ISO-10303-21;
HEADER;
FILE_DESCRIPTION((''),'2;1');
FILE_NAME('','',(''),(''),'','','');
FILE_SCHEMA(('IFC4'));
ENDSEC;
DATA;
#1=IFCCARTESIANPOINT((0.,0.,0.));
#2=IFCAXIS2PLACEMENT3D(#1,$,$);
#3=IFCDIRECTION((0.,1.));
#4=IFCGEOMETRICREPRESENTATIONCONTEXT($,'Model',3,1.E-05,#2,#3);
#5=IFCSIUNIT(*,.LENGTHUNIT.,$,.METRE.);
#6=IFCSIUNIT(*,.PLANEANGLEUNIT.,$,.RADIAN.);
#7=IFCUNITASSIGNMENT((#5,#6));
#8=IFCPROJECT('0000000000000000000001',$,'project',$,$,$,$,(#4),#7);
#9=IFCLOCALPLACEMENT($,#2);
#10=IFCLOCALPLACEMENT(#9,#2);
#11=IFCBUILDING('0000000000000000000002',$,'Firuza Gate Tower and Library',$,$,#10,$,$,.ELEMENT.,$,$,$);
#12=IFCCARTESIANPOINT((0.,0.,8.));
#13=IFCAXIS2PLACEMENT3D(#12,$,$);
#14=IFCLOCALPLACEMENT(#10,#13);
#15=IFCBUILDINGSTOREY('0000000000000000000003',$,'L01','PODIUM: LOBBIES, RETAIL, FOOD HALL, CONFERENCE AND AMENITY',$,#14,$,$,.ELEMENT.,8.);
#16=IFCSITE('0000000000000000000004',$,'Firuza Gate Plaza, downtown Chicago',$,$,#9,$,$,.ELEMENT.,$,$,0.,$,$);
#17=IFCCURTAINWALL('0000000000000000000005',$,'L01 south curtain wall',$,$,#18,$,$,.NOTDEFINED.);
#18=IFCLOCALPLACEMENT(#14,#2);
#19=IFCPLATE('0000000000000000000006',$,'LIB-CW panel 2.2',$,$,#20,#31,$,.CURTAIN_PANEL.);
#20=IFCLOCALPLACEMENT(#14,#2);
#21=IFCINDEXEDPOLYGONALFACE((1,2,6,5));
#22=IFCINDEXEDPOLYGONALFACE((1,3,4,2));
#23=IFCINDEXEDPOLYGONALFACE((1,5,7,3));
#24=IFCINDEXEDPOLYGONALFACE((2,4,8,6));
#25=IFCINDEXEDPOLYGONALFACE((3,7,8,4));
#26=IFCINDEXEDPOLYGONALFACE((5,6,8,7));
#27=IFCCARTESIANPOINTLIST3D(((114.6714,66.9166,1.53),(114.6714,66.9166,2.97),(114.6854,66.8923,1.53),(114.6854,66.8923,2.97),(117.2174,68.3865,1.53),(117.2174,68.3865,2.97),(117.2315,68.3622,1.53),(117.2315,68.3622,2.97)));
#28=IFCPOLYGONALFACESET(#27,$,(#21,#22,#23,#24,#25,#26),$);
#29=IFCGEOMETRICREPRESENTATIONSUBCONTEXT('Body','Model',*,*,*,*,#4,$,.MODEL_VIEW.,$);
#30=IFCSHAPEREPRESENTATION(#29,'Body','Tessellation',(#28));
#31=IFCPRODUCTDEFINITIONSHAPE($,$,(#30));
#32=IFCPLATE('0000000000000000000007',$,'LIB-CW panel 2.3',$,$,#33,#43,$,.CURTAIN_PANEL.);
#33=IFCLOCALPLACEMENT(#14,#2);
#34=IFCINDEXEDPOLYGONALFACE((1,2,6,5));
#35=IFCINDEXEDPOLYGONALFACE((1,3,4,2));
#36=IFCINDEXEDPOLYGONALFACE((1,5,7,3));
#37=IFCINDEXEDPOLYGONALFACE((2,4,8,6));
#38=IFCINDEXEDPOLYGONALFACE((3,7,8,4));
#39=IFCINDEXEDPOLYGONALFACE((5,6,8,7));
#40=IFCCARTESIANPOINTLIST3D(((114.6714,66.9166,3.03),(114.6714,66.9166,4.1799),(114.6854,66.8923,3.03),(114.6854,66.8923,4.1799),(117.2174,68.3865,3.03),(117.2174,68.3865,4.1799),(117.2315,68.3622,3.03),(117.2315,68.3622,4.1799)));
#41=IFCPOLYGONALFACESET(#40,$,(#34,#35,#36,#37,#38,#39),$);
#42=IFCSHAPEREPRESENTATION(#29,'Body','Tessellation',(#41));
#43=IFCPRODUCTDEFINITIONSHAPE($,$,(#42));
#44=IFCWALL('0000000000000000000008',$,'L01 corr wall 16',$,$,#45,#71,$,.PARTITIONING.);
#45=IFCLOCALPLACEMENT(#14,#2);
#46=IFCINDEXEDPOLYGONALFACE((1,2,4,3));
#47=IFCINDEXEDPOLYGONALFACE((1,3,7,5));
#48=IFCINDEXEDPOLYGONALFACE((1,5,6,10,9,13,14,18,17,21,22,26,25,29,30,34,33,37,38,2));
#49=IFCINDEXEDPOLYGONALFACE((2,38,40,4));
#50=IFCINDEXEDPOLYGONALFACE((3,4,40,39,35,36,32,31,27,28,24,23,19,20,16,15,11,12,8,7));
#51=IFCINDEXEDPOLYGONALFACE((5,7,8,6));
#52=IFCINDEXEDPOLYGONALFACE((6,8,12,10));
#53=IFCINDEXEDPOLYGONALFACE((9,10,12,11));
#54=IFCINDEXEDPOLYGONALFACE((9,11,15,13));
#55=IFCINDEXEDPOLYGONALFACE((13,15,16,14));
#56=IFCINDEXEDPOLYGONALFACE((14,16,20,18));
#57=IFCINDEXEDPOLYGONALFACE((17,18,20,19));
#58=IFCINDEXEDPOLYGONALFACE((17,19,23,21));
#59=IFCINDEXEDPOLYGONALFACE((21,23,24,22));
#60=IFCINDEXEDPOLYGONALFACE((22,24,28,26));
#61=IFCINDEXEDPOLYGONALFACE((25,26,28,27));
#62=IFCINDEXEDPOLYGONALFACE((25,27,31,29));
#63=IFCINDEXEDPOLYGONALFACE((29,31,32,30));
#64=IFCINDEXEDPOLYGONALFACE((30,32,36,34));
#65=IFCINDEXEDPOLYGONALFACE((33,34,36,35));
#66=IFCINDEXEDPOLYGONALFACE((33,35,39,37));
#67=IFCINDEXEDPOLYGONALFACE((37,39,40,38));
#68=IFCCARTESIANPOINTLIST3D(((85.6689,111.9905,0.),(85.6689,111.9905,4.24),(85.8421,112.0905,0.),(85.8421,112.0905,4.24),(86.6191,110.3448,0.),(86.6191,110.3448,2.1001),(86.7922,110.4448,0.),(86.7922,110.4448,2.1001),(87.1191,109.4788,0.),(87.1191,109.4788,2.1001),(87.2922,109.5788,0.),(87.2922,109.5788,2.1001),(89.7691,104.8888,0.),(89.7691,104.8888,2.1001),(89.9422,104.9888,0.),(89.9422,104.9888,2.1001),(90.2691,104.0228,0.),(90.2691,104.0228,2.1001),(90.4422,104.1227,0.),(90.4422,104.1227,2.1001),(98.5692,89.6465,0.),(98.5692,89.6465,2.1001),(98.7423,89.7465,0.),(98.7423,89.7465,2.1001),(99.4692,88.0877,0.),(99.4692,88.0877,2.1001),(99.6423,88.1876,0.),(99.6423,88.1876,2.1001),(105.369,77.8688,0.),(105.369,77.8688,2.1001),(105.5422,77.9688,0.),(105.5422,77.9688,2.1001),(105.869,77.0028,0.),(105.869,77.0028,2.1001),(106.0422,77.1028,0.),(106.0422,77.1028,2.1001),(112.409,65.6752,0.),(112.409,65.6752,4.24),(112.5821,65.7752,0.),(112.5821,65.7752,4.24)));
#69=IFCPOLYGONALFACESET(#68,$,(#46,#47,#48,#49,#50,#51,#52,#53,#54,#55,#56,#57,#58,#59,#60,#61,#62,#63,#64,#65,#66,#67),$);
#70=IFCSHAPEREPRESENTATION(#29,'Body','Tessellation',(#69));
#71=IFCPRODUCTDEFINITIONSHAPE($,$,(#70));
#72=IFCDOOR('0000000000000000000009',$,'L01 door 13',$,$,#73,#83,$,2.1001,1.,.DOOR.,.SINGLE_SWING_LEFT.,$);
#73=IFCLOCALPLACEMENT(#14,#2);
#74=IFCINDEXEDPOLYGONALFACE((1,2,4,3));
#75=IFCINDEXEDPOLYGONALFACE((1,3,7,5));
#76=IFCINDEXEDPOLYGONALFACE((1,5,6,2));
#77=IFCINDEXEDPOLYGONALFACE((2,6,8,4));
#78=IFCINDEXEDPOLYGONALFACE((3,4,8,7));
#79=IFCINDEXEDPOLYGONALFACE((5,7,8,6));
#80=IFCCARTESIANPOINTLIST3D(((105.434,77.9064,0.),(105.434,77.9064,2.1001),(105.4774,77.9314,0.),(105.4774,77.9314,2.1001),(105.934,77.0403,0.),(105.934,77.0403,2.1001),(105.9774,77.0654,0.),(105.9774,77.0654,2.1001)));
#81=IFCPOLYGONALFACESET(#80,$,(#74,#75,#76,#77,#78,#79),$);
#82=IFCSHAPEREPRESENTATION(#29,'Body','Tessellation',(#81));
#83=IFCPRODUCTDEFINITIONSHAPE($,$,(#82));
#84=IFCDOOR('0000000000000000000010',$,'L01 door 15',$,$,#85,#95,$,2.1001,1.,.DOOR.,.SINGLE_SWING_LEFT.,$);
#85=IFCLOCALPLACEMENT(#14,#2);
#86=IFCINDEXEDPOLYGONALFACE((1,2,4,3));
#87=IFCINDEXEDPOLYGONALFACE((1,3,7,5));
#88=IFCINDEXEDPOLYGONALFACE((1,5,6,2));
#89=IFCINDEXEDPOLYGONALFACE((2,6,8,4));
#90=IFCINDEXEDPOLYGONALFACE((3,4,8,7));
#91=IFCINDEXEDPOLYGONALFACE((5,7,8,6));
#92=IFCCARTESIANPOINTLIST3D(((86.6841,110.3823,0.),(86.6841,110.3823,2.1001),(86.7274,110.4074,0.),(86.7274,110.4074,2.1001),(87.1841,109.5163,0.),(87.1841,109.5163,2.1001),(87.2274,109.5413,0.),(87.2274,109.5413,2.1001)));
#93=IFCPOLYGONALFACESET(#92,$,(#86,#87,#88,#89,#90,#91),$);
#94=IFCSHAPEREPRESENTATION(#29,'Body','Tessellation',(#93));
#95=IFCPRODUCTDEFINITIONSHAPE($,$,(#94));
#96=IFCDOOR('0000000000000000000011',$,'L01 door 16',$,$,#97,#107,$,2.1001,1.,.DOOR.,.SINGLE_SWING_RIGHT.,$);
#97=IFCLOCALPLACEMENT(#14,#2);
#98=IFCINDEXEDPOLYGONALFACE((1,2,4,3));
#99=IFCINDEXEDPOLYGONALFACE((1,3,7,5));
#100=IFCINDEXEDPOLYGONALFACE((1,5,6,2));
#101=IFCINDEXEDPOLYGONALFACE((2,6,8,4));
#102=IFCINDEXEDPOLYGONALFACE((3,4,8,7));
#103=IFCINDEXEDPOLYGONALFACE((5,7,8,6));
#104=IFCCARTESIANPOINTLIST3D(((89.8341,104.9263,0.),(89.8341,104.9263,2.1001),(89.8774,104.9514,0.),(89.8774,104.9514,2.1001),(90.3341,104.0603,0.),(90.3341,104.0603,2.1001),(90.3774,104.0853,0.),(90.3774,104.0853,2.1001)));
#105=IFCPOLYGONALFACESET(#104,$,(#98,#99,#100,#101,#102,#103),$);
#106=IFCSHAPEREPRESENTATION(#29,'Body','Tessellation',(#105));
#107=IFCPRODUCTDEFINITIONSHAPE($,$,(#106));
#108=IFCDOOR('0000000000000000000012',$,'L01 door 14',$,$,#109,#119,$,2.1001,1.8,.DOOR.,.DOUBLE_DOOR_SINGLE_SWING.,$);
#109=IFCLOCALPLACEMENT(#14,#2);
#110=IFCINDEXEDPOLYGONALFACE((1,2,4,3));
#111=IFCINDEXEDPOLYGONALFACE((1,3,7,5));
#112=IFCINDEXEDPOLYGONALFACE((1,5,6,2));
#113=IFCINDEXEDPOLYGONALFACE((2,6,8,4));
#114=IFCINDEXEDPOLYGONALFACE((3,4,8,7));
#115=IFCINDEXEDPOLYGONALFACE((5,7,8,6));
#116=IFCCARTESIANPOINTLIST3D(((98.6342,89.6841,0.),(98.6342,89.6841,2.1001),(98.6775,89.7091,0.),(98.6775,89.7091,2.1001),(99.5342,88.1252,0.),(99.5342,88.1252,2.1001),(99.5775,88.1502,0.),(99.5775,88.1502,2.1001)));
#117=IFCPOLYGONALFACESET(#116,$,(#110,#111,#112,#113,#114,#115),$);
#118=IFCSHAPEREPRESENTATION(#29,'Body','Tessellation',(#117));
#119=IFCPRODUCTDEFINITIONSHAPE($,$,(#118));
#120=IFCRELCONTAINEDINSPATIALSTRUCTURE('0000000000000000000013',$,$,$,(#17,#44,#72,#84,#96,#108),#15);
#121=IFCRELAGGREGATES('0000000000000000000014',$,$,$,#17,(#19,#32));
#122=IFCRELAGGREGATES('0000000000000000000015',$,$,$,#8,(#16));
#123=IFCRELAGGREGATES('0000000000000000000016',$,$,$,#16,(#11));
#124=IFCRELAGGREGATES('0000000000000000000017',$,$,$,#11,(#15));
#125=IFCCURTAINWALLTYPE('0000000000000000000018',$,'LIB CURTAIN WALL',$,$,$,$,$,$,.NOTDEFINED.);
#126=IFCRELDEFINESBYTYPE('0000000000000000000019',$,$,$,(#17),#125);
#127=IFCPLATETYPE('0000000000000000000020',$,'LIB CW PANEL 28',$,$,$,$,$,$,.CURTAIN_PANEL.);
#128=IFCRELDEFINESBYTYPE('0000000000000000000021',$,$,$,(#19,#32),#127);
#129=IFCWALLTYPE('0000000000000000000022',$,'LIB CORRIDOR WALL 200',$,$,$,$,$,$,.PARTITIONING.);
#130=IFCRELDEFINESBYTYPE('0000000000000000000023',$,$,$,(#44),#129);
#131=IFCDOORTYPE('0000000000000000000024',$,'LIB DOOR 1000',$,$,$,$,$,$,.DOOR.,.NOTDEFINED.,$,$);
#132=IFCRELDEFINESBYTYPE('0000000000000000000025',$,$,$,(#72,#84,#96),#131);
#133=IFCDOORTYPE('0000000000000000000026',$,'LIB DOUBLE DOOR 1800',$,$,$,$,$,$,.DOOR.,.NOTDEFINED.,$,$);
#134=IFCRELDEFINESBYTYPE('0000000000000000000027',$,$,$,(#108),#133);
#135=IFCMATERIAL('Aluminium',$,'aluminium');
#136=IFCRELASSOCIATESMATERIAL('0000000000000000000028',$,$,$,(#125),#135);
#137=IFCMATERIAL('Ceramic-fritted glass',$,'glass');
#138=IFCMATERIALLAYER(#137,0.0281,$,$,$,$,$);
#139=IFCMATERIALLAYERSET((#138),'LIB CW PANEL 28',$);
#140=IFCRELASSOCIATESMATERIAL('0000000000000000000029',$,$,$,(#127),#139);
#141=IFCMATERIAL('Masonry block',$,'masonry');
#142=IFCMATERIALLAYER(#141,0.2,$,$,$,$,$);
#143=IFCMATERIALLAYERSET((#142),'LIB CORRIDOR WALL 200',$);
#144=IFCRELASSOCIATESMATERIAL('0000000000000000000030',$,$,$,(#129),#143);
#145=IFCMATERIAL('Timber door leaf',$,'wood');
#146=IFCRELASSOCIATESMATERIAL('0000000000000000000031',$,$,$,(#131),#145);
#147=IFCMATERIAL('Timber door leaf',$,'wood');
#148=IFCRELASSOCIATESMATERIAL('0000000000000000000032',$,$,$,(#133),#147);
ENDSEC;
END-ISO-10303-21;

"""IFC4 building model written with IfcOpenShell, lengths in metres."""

from ifc_helpers import new_model, si_unit, direction, frame, frame_2d, origin, origin_2d, place, context, subcontext, project, spatial, rectangle, extrude, material, layer, layer_set, type_object, element, fill, aggregate, save


model = new_model("IFC4")

# Units and contexts
model_context = context("Model", 3, precision=1e-05, world=origin(), true_north=direction((0.0, 1.0)))
body_context = subcontext(model_context, "Body", "Model", "MODEL_VIEW")
ifc_project = project(units=[si_unit("LENGTHUNIT", "METRE"), si_unit("PLANEANGLEUNIT", "RADIAN")], contexts=[model_context])

# Site, building, storey
site_placement = place(None, origin())
site = spatial("IfcSite", under=ifc_project, at=site_placement, Name="Firuza Gate Plaza, downtown Chicago", CompositionType="ELEMENT", RefElevation=0.0)
building_placement = place(site_placement, origin())
building = spatial("IfcBuilding", under=site, at=building_placement, Name="Firuza Gate Tower and Library", CompositionType="ELEMENT")
storey_placement = place(building_placement, frame((0.0, 0.0, 8.0)))
storey = spatial("IfcBuildingStorey", under=building, at=storey_placement, Name="L01", Description="PODIUM: LOBBIES, RETAIL, FOOD HALL, CONFERENCE AND AMENITY", CompositionType="ELEMENT", Elevation=8.0)

# Curtain wall, plates
ifc_material_1 = material(Name="Aluminium", Category="aluminium")
curtain_wall_type = type_object("IfcCurtainWallType", Name="LIB CURTAIN WALL", PredefinedType="NOTDEFINED", material=ifc_material_1)
curtain_wall_placement = place(storey_placement, origin())
curtain_wall = element("IfcCurtainWall", 1, at=curtain_wall_placement, inside=storey, type_object=curtain_wall_type, Name="L01 south curtain wall", PredefinedType="NOTDEFINED")
ifc_material_2 = material(Name="Ceramic-fritted glass", Category="glass")
ifc_layer_1 = layer(ifc_material_2, 0.0281)
ifc_layer_set_1 = layer_set([ifc_layer_1], Name="LIB CW PANEL 28")
plate_type = type_object("IfcPlateType", Name="LIB CW PANEL 28", PredefinedType="CURTAIN_PANEL", material=ifc_layer_set_1)
plate_1_placement = place(storey_placement, frame((115.9514, 67.6394, 1.53), z_axis=(0.0, 0.0, 1.0), x_axis=(0.866025, 0.500001, 0.0)))
plate_1 = element("IfcPlate", 2, at=plate_1_placement, type_object=plate_type, Name="LIB-CW panel 2.2", PredefinedType="CURTAIN_PANEL", context=body_context, shape_type="SweptSolid", body=[
    extrude(rectangle(XDim=2.9399, YDim=0.0281, at=origin_2d()), origin(), (0.0, 0.0, 1.0), 1.4399),
])
plate_2_placement = place(storey_placement, frame((115.9514, 67.6394, 3.03), z_axis=(0.0, 0.0, 1.0), x_axis=(0.866025, 0.500001, 0.0)))
plate_2 = element("IfcPlate", 3, at=plate_2_placement, type_object=plate_type, Name="LIB-CW panel 2.3", PredefinedType="CURTAIN_PANEL", context=body_context, shape_type="SweptSolid", body=[
    extrude(rectangle(XDim=2.9399, YDim=0.0281, at=origin_2d()), origin(), (0.0, 0.0, 1.0), 1.1499),
])
aggregate(curtain_wall, [plate_1, plate_2])

# Wall, openings, doors
ifc_material_3 = material(Name="Masonry block", Category="masonry")
ifc_layer_2 = layer(ifc_material_3, 0.2)
ifc_layer_set_2 = layer_set([ifc_layer_2], Name="LIB CORRIDOR WALL 200")
wall_type = type_object("IfcWallType", Name="LIB CORRIDOR WALL 200", PredefinedType="PARTITIONING", material=ifc_layer_set_2)
wall_placement = place(storey_placement, frame((112.4956, 65.7251, 0.0), z_axis=(0.0, 0.0, 1.0), x_axis=(-0.499999, 0.866026, 0.0)))
wall = element("IfcWall", 4, at=wall_placement, inside=storey, type_object=wall_type, Name="L01 corr wall 16", PredefinedType="PARTITIONING", context=body_context, shape_type="SweptSolid", body=[
    extrude(rectangle(XDim=53.4802, YDim=0.2, at=frame_2d((26.7402, 0.0))), origin(), (0.0, 0.0, 1.0), 4.24),
])
opening_1_placement = place(wall_placement, frame((13.0801, 0.0, 0.0)))
opening_1 = element("IfcOpeningElement", 5, at=opening_1_placement, cuts=wall, PredefinedType="OPENING", context=body_context, shape_type="SweptSolid", body=[
    extrude(rectangle(XDim=1.0, YDim=2.1001, at=frame_2d((0.5, 1.05))), frame((0.0, 0.1099, 0.0), z_axis=(0.0, -1.0, 0.0), x_axis=(1.0, 0.0, 0.0)), (0.0, 0.0, 1.0), 0.22),
])
opening_2_placement = place(wall_placement, frame((25.8799, 0.0, 0.0)))
opening_2 = element("IfcOpeningElement", 6, at=opening_2_placement, cuts=wall, PredefinedType="OPENING", context=body_context, shape_type="SweptSolid", body=[
    extrude(rectangle(XDim=1.8, YDim=2.1001, at=frame_2d((0.8999, 1.05))), frame((0.0, 0.1099, 0.0), z_axis=(0.0, -1.0, 0.0), x_axis=(1.0, 0.0, 0.0)), (0.0, 0.0, 1.0), 0.22),
])
opening_3_placement = place(wall_placement, frame((50.5801, 0.0, 0.0)))
opening_3 = element("IfcOpeningElement", 7, at=opening_3_placement, cuts=wall, PredefinedType="OPENING", context=body_context, shape_type="SweptSolid", body=[
    extrude(rectangle(XDim=1.0, YDim=2.1001, at=frame_2d((0.5, 1.05))), frame((0.0, 0.1099, 0.0), z_axis=(0.0, -1.0, 0.0), x_axis=(1.0, 0.0, 0.0)), (0.0, 0.0, 1.0), 0.22),
])
opening_4_placement = place(wall_placement, frame((44.28, 0.0, 0.0)))
opening_4 = element("IfcOpeningElement", 8, at=opening_4_placement, cuts=wall, PredefinedType="OPENING", context=body_context, shape_type="SweptSolid", body=[
    extrude(rectangle(XDim=1.0, YDim=2.1001, at=frame_2d((0.5, 1.05))), frame((0.0, 0.1099, 0.0), z_axis=(0.0, -1.0, 0.0), x_axis=(1.0, 0.0, 0.0)), (0.0, 0.0, 1.0), 0.22),
])
ifc_material_4 = material(Name="Timber door leaf", Category="wood")
door_type_1 = type_object("IfcDoorType", Name="LIB DOOR 1000", OperationType="NOTDEFINED", PredefinedType="DOOR", material=ifc_material_4)
door_1_placement = place(opening_1_placement, origin())
door_1 = element("IfcDoor", 9, at=door_1_placement, inside=storey, type_object=door_type_1, Name="L01 door 13", OperationType="SINGLE_SWING_LEFT", OverallHeight=2.1001, OverallWidth=1.0, PredefinedType="DOOR", context=body_context, shape_type="SweptSolid", body=[
    extrude(rectangle(XDim=1.0, YDim=2.1001, at=frame_2d((0.5, 1.05))), frame((0.0, 0.0249, 0.0), z_axis=(0.0, -1.0, 0.0), x_axis=(1.0, 0.0, 0.0)), (0.0, 0.0, 1.0), 0.05),
])
fill(opening_1, door_1)
door_2_placement = place(opening_3_placement, origin())
door_2 = element("IfcDoor", 10, at=door_2_placement, inside=storey, type_object=door_type_1, Name="L01 door 15", OperationType="SINGLE_SWING_LEFT", OverallHeight=2.1001, OverallWidth=1.0, PredefinedType="DOOR", context=body_context, shape_type="SweptSolid", body=[
    extrude(rectangle(XDim=1.0, YDim=2.1001, at=frame_2d((0.5, 1.05))), frame((0.0, 0.0249, 0.0), z_axis=(0.0, -1.0, 0.0), x_axis=(1.0, 0.0, 0.0)), (0.0, 0.0, 1.0), 0.05),
])
fill(opening_3, door_2)
door_3_placement = place(opening_4_placement, origin())
door_3 = element("IfcDoor", 11, at=door_3_placement, inside=storey, type_object=door_type_1, Name="L01 door 16", OperationType="SINGLE_SWING_RIGHT", OverallHeight=2.1001, OverallWidth=1.0, PredefinedType="DOOR", context=body_context, shape_type="SweptSolid", body=[
    extrude(rectangle(XDim=1.0, YDim=2.1001, at=frame_2d((0.5, 1.05))), frame((0.0, 0.0249, 0.0), z_axis=(0.0, -1.0, 0.0), x_axis=(1.0, 0.0, 0.0)), (0.0, 0.0, 1.0), 0.05),
])
fill(opening_4, door_3)
ifc_material_5 = material(Name="Timber door leaf", Category="wood")
door_type_2 = type_object("IfcDoorType", Name="LIB DOUBLE DOOR 1800", OperationType="NOTDEFINED", PredefinedType="DOOR", material=ifc_material_5)
door_4_placement = place(opening_2_placement, origin())
door_4 = element("IfcDoor", 12, at=door_4_placement, inside=storey, type_object=door_type_2, Name="L01 door 14", OperationType="DOUBLE_DOOR_SINGLE_SWING", OverallHeight=2.1001, OverallWidth=1.8, PredefinedType="DOOR", context=body_context, shape_type="SweptSolid", body=[
    extrude(rectangle(XDim=1.8, YDim=2.1001, at=frame_2d((0.8999, 1.05))), frame((0.0, 0.0249, 0.0), z_axis=(0.0, -1.0, 0.0), x_axis=(1.0, 0.0, 0.0)), (0.0, 0.0, 1.0), 0.05),
])
fill(opening_2, door_4)

save(model, "model.ifc")
